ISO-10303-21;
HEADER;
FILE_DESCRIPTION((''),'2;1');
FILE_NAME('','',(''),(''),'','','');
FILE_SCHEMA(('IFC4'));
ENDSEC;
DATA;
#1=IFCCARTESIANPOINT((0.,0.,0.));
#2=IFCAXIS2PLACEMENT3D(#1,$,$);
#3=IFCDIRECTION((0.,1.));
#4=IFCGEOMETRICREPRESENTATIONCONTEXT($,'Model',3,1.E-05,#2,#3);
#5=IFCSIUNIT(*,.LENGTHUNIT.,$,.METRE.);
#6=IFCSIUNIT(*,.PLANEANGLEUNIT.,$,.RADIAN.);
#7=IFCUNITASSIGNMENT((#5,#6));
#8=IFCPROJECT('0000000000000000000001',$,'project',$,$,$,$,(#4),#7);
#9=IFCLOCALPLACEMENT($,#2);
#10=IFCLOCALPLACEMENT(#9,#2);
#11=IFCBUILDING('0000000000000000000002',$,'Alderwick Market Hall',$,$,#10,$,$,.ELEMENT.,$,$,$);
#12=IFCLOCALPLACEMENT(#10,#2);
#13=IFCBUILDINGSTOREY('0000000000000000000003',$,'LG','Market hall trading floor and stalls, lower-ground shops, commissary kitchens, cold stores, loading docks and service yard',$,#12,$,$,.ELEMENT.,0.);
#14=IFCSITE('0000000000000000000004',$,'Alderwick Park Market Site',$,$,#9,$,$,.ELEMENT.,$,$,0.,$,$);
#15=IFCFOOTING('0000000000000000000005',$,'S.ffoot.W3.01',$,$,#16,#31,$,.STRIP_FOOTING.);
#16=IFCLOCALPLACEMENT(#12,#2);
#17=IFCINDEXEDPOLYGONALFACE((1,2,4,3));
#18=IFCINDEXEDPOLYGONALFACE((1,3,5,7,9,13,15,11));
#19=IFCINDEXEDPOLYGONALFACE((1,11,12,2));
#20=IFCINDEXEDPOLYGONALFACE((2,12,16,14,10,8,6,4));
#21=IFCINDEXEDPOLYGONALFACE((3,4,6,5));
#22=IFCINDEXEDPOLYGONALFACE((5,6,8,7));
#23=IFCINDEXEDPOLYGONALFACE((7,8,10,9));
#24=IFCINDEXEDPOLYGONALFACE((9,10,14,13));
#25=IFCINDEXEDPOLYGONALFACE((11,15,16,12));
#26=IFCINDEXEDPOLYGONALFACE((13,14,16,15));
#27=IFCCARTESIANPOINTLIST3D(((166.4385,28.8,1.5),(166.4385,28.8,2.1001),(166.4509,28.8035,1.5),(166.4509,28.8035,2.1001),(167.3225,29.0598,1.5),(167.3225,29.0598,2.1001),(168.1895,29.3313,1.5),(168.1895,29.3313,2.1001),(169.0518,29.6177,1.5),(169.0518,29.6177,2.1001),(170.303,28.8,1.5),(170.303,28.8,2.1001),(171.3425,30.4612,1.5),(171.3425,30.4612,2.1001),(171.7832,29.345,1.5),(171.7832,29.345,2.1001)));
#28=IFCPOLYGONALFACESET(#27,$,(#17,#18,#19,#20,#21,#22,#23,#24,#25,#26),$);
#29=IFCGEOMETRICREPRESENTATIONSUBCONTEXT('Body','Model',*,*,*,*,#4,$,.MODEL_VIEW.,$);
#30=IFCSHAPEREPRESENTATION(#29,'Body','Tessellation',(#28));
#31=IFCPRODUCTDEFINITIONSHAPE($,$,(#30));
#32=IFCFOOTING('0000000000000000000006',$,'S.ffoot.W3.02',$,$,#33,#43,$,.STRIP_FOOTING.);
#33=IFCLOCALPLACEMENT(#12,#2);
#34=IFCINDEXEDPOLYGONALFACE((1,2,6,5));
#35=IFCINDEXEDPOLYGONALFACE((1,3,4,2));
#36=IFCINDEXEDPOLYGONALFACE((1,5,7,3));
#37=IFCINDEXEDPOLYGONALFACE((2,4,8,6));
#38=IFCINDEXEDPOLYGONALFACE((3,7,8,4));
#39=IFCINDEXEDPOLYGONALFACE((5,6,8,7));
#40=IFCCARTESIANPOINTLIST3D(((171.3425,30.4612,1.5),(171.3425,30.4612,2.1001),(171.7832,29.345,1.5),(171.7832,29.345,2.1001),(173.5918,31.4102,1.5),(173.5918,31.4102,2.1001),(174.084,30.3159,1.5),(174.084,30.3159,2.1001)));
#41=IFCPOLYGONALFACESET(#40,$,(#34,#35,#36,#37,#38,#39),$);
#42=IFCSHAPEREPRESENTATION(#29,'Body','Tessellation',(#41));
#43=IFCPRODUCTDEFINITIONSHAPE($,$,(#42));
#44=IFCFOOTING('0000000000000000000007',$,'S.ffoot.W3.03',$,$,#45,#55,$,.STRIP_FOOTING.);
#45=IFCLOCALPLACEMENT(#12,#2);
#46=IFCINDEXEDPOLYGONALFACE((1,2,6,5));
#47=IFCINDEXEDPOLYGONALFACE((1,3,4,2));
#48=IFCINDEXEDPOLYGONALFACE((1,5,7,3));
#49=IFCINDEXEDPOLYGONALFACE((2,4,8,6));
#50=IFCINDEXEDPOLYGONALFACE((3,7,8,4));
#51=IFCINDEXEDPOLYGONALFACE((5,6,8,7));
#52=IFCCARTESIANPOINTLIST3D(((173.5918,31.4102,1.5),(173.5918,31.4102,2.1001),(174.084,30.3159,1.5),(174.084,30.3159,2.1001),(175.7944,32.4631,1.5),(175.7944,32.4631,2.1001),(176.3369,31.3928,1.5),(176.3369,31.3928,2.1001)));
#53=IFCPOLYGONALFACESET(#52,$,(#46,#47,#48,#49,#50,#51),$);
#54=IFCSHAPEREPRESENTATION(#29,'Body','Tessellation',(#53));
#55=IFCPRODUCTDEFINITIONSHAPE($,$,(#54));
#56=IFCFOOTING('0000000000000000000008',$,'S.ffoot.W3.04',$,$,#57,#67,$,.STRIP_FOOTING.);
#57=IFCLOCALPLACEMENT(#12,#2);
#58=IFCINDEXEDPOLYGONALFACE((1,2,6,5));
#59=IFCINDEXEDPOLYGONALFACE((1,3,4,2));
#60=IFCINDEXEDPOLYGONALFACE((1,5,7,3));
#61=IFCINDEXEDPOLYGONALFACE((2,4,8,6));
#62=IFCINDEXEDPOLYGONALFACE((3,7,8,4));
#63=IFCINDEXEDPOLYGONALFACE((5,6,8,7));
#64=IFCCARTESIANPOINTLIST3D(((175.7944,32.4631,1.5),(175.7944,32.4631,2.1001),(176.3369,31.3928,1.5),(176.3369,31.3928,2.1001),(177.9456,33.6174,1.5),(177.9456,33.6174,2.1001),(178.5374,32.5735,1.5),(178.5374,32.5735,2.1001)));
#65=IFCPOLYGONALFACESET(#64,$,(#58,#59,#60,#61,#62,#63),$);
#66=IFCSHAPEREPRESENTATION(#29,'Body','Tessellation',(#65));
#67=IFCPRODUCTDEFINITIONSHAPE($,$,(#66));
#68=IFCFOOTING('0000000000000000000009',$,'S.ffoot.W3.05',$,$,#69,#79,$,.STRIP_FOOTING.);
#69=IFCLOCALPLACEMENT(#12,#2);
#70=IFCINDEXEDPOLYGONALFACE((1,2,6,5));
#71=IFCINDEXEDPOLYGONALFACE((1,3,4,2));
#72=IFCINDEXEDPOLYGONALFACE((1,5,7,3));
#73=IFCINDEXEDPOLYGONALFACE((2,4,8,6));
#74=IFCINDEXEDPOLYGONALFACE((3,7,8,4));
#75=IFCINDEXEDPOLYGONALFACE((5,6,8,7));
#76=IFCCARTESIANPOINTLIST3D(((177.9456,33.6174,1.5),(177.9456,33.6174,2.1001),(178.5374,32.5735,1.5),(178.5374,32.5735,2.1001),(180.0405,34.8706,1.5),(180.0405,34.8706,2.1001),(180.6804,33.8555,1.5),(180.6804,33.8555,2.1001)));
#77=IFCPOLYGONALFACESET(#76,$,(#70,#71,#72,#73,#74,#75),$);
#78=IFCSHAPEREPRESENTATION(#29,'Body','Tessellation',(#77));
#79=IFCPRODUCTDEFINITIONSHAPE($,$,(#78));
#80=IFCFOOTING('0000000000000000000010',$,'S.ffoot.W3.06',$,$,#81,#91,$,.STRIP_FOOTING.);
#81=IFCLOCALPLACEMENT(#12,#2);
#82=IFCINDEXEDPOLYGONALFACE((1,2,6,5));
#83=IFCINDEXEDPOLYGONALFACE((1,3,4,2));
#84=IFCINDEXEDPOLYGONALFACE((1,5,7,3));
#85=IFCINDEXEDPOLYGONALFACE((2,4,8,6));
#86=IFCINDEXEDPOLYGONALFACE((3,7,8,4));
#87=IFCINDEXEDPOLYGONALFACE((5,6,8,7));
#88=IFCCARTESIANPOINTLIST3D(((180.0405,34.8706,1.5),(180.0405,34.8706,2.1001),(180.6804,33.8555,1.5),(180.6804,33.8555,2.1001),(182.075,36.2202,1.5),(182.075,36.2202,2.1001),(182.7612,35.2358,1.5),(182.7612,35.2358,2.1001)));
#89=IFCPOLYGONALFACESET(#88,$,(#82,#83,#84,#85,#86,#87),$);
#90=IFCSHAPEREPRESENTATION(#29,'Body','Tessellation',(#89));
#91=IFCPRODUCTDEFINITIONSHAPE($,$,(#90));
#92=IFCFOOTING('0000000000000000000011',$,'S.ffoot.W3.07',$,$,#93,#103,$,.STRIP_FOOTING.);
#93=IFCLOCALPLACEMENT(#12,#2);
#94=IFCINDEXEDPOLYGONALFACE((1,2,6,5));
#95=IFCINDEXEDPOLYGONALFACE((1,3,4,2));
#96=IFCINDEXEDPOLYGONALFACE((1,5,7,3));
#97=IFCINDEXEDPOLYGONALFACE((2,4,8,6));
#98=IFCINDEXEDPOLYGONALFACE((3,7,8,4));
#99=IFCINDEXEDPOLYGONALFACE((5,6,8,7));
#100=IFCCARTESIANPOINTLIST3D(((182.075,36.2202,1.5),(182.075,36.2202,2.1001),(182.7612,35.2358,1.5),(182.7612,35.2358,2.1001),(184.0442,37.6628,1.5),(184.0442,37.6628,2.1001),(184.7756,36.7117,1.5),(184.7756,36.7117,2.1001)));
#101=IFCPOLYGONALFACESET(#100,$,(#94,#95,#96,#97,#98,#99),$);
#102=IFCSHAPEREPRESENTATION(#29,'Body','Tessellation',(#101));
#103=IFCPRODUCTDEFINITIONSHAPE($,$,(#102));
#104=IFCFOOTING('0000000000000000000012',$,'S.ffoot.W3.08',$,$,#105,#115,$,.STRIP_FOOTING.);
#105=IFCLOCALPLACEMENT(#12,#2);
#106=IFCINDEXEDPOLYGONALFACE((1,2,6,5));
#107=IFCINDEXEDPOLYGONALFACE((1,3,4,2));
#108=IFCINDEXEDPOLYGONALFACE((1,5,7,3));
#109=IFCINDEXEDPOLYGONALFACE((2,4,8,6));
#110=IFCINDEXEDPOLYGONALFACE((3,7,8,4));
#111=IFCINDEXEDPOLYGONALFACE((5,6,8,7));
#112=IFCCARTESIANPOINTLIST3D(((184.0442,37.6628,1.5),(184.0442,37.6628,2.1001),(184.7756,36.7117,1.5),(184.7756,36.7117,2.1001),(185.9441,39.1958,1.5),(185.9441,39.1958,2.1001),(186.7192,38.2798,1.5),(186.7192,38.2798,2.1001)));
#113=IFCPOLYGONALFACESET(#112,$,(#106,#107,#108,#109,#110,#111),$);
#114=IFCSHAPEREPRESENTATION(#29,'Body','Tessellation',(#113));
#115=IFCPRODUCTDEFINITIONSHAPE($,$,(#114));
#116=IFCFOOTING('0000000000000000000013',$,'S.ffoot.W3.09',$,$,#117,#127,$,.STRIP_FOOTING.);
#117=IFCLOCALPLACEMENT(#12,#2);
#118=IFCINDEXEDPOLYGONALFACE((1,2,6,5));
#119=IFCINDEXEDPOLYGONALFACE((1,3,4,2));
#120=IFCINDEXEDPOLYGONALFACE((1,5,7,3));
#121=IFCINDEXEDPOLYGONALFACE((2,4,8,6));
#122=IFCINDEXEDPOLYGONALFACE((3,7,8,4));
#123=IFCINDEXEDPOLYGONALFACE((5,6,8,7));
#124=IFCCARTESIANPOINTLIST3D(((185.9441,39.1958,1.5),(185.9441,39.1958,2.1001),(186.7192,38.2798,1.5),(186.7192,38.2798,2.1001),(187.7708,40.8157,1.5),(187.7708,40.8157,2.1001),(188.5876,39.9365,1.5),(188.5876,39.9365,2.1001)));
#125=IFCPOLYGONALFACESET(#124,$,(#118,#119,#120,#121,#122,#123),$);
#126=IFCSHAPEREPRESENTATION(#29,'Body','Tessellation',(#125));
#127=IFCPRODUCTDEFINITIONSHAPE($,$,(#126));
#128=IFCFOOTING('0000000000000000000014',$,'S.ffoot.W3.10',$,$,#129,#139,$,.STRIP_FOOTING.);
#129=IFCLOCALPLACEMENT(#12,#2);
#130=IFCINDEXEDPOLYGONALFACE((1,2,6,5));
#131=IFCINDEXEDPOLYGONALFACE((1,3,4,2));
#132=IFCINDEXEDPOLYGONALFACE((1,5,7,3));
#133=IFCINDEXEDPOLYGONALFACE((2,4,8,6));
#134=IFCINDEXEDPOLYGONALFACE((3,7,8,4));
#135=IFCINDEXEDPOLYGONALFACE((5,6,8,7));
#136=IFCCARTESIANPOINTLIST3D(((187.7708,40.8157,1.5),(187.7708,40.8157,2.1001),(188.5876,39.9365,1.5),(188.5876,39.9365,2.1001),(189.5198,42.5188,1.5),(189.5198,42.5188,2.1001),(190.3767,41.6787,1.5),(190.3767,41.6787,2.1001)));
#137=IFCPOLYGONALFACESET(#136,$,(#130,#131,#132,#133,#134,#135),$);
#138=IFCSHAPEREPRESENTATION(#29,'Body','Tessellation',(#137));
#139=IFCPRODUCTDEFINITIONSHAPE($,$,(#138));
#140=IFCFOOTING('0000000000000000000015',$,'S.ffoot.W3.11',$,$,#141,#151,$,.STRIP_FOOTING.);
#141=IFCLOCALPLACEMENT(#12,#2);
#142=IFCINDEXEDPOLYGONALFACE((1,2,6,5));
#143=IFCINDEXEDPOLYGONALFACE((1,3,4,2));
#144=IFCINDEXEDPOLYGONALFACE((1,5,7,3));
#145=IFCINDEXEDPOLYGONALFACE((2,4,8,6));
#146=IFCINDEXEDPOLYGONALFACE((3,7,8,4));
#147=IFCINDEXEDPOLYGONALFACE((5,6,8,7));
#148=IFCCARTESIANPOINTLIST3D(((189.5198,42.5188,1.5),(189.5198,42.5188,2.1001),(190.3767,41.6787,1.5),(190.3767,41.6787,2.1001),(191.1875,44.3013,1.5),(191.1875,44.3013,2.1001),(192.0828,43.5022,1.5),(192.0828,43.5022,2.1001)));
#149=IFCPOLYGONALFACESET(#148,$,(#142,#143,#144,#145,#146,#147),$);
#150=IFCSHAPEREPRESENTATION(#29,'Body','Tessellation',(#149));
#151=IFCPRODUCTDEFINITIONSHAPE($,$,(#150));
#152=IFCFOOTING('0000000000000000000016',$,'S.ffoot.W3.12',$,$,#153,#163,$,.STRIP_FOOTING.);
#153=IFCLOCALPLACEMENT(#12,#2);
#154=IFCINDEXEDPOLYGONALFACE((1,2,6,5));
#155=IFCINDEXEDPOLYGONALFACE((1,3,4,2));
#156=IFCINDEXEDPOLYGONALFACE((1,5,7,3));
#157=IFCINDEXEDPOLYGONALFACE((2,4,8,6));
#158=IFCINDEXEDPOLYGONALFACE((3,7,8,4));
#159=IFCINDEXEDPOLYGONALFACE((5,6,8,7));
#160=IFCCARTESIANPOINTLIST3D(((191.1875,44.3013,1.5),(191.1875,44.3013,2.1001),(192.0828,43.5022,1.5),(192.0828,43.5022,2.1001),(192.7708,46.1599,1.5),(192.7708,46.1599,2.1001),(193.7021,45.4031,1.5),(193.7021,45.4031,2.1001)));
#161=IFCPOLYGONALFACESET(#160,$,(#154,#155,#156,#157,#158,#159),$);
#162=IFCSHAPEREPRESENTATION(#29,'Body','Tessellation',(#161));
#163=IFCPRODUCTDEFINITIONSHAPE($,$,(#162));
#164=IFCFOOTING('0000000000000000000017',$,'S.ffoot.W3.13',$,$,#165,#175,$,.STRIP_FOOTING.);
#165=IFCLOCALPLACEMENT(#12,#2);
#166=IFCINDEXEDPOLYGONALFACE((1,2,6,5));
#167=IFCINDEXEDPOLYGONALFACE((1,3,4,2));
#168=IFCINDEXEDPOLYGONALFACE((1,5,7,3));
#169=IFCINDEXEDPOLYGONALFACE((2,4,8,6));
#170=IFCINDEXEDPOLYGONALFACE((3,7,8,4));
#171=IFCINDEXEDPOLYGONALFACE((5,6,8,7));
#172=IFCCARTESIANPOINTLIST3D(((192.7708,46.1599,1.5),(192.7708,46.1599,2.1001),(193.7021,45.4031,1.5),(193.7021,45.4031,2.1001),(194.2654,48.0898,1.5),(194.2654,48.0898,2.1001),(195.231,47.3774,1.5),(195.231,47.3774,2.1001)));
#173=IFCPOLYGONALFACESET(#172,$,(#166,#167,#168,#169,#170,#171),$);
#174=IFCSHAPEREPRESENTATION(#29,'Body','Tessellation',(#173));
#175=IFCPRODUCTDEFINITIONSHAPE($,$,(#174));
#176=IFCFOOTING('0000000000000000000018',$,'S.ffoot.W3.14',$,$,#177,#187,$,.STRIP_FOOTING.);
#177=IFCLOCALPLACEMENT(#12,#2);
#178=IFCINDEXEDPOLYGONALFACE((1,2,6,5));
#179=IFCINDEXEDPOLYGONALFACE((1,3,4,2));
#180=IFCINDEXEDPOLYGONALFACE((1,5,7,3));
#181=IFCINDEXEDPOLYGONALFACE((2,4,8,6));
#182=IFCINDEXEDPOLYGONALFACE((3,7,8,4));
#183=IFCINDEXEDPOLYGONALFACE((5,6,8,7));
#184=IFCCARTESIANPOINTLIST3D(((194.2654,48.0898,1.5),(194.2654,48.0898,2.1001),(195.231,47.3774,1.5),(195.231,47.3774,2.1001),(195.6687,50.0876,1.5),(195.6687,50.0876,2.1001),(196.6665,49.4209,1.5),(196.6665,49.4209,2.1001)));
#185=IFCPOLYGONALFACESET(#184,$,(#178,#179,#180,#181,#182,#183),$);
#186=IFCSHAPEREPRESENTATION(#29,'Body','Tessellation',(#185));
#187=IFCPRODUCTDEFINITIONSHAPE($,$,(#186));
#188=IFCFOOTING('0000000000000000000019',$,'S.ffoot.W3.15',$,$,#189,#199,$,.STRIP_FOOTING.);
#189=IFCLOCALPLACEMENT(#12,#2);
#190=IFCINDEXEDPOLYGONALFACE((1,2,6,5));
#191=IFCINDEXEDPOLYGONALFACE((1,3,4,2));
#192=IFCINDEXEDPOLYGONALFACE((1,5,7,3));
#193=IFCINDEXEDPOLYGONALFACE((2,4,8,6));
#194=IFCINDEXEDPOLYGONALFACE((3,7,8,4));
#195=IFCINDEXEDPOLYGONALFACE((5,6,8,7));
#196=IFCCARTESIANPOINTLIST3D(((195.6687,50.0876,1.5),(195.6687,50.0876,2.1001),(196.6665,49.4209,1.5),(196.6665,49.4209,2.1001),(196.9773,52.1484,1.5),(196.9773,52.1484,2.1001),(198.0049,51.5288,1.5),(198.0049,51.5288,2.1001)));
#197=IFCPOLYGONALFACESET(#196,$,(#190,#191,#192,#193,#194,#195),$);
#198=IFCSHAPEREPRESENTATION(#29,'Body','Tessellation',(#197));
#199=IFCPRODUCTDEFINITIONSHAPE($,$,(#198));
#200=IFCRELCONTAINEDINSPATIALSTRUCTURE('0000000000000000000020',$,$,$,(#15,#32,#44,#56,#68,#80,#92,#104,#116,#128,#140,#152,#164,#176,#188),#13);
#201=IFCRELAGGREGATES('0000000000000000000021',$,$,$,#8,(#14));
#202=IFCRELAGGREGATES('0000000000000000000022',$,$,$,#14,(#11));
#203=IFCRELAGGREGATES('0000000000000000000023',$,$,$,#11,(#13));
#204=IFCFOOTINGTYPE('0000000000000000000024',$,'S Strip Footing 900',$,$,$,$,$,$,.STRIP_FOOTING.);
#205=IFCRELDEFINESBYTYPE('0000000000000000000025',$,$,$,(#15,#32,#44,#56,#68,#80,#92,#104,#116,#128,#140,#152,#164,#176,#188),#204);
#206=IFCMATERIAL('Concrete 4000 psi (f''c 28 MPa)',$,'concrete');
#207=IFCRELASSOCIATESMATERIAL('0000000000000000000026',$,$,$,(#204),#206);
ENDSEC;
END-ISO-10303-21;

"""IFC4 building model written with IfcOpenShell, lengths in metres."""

from ifc_helpers import new_model, si_unit, direction, frame, origin, place, context, subcontext, project, spatial, polyline, outline, extrude, material, type_object, element, save


model = new_model("IFC4")

# Units and contexts
model_context = context("Model", 3, precision=1e-05, world=origin(), true_north=direction((0.0, 1.0)))
body_context = subcontext(model_context, "Body", "Model", "MODEL_VIEW")
ifc_project = project(units=[si_unit("LENGTHUNIT", "METRE"), si_unit("PLANEANGLEUNIT", "RADIAN")], contexts=[model_context])

# Site, building, storey
site_placement = place(None, origin())
site = spatial("IfcSite", under=ifc_project, at=site_placement, Name="Alderwick Park Market Site", CompositionType="ELEMENT", RefElevation=0.0)
building_placement = place(site_placement, origin())
building = spatial("IfcBuilding", under=site, at=building_placement, Name="Alderwick Market Hall", CompositionType="ELEMENT")
storey_placement = place(building_placement, origin())
storey = spatial("IfcBuildingStorey", under=building, at=storey_placement, Name="LG", Description="Market hall trading floor and stalls, lower-ground shops, commissary kitchens, cold stores, loading docks and service yard", CompositionType="ELEMENT", Elevation=0.0)

# Footings
ifc_material = material(Name="Concrete 4000 psi (f'c 28 MPa)", Category="concrete")
footing_type = type_object("IfcFootingType", Name="S Strip Footing 900", PredefinedType="STRIP_FOOTING", material=ifc_material)
footing_1_placement = place(storey_placement, frame((0.0, 0.0, 1.5)))
element("IfcFooting", 1, at=footing_1_placement, inside=storey, type_object=footing_type, Name="S.ffoot.W3.01", PredefinedType="STRIP_FOOTING", context=body_context, shape_type="SweptSolid", body=[
    extrude(outline(polyline([(166.4385, 28.8), (170.303, 28.8), (171.7832, 29.345), (171.3425, 30.4612), (169.0518, 29.6177), (168.1895, 29.3313), (167.3225, 29.0598), (166.4509, 28.8035), (166.4385, 28.8)])), origin(), (0.0, 0.0, 1.0), 0.6001),
])
footing_2_placement = place(storey_placement, frame((0.0, 0.0, 1.5)))
element("IfcFooting", 2, at=footing_2_placement, inside=storey, type_object=footing_type, Name="S.ffoot.W3.02", PredefinedType="STRIP_FOOTING", context=body_context, shape_type="SweptSolid", body=[
    extrude(outline(polyline([(171.7832, 29.345), (174.084, 30.3159), (173.5918, 31.4102), (171.3425, 30.4612), (171.7832, 29.345)])), origin(), (0.0, 0.0, 1.0), 0.6001),
])
footing_3_placement = place(storey_placement, frame((0.0, 0.0, 1.5)))
element("IfcFooting", 3, at=footing_3_placement, inside=storey, type_object=footing_type, Name="S.ffoot.W3.03", PredefinedType="STRIP_FOOTING", context=body_context, shape_type="SweptSolid", body=[
    extrude(outline(polyline([(174.084, 30.3159), (176.3369, 31.3928), (175.7944, 32.4631), (173.5918, 31.4102), (174.084, 30.3159)])), origin(), (0.0, 0.0, 1.0), 0.6001),
])
footing_4_placement = place(storey_placement, frame((0.0, 0.0, 1.5)))
element("IfcFooting", 4, at=footing_4_placement, inside=storey, type_object=footing_type, Name="S.ffoot.W3.04", PredefinedType="STRIP_FOOTING", context=body_context, shape_type="SweptSolid", body=[
    extrude(outline(polyline([(176.3369, 31.3928), (178.5374, 32.5735), (177.9456, 33.6174), (175.7944, 32.4631), (176.3369, 31.3928)])), origin(), (0.0, 0.0, 1.0), 0.6001),
])
footing_5_placement = place(storey_placement, frame((0.0, 0.0, 1.5)))
element("IfcFooting", 5, at=footing_5_placement, inside=storey, type_object=footing_type, Name="S.ffoot.W3.05", PredefinedType="STRIP_FOOTING", context=body_context, shape_type="SweptSolid", body=[
    extrude(outline(polyline([(178.5374, 32.5735), (180.6804, 33.8555), (180.0405, 34.8706), (177.9456, 33.6174), (178.5374, 32.5735)])), origin(), (0.0, 0.0, 1.0), 0.6001),
])
footing_6_placement = place(storey_placement, frame((0.0, 0.0, 1.5)))
element("IfcFooting", 6, at=footing_6_placement, inside=storey, type_object=footing_type, Name="S.ffoot.W3.06", PredefinedType="STRIP_FOOTING", context=body_context, shape_type="SweptSolid", body=[
    extrude(outline(polyline([(180.6804, 33.8555), (182.7612, 35.2358), (182.075, 36.2202), (180.0405, 34.8706), (180.6804, 33.8555)])), origin(), (0.0, 0.0, 1.0), 0.6001),
])
footing_7_placement = place(storey_placement, frame((0.0, 0.0, 1.5)))
element("IfcFooting", 7, at=footing_7_placement, inside=storey, type_object=footing_type, Name="S.ffoot.W3.07", PredefinedType="STRIP_FOOTING", context=body_context, shape_type="SweptSolid", body=[
    extrude(outline(polyline([(182.7612, 35.2358), (184.7756, 36.7117), (184.0442, 37.6628), (182.075, 36.2202), (182.7612, 35.2358)])), origin(), (0.0, 0.0, 1.0), 0.6001),
])
footing_8_placement = place(storey_placement, frame((0.0, 0.0, 1.5)))
element("IfcFooting", 8, at=footing_8_placement, inside=storey, type_object=footing_type, Name="S.ffoot.W3.08", PredefinedType="STRIP_FOOTING", context=body_context, shape_type="SweptSolid", body=[
    extrude(outline(polyline([(184.7756, 36.7117), (186.7192, 38.2798), (185.9441, 39.1958), (184.0442, 37.6628), (184.7756, 36.7117)])), origin(), (0.0, 0.0, 1.0), 0.6001),
])
footing_9_placement = place(storey_placement, frame((0.0, 0.0, 1.5)))
element("IfcFooting", 9, at=footing_9_placement, inside=storey, type_object=footing_type, Name="S.ffoot.W3.09", PredefinedType="STRIP_FOOTING", context=body_context, shape_type="SweptSolid", body=[
    extrude(outline(polyline([(186.7192, 38.2798), (188.5876, 39.9365), (187.7708, 40.8157), (185.9441, 39.1958), (186.7192, 38.2798)])), origin(), (0.0, 0.0, 1.0), 0.6001),
])
footing_10_placement = place(storey_placement, frame((0.0, 0.0, 1.5)))
element("IfcFooting", 10, at=footing_10_placement, inside=storey, type_object=footing_type, Name="S.ffoot.W3.10", PredefinedType="STRIP_FOOTING", context=body_context, shape_type="SweptSolid", body=[
    extrude(outline(polyline([(188.5876, 39.9365), (190.3767, 41.6787), (189.5198, 42.5188), (187.7708, 40.8157), (188.5876, 39.9365)])), origin(), (0.0, 0.0, 1.0), 0.6001),
])
footing_11_placement = place(storey_placement, frame((0.0, 0.0, 1.5)))
element("IfcFooting", 11, at=footing_11_placement, inside=storey, type_object=footing_type, Name="S.ffoot.W3.11", PredefinedType="STRIP_FOOTING", context=body_context, shape_type="SweptSolid", body=[
    extrude(outline(polyline([(190.3767, 41.6787), (192.0828, 43.5022), (191.1875, 44.3013), (189.5198, 42.5188), (190.3767, 41.6787)])), origin(), (0.0, 0.0, 1.0), 0.6001),
])
footing_12_placement = place(storey_placement, frame((0.0, 0.0, 1.5)))
element("IfcFooting", 12, at=footing_12_placement, inside=storey, type_object=footing_type, Name="S.ffoot.W3.12", PredefinedType="STRIP_FOOTING", context=body_context, shape_type="SweptSolid", body=[
    extrude(outline(polyline([(192.0828, 43.5022), (193.7021, 45.4031), (192.7708, 46.1599), (191.1875, 44.3013), (192.0828, 43.5022)])), origin(), (0.0, 0.0, 1.0), 0.6001),
])
footing_13_placement = place(storey_placement, frame((0.0, 0.0, 1.5)))
element("IfcFooting", 13, at=footing_13_placement, inside=storey, type_object=footing_type, Name="S.ffoot.W3.13", PredefinedType="STRIP_FOOTING", context=body_context, shape_type="SweptSolid", body=[
    extrude(outline(polyline([(193.7021, 45.4031), (195.231, 47.3774), (194.2654, 48.0898), (192.7708, 46.1599), (193.7021, 45.4031)])), origin(), (0.0, 0.0, 1.0), 0.6001),
])
footing_14_placement = place(storey_placement, frame((0.0, 0.0, 1.5)))
element("IfcFooting", 14, at=footing_14_placement, inside=storey, type_object=footing_type, Name="S.ffoot.W3.14", PredefinedType="STRIP_FOOTING", context=body_context, shape_type="SweptSolid", body=[
    extrude(outline(polyline([(195.231, 47.3774), (196.6665, 49.4209), (195.6687, 50.0876), (194.2654, 48.0898), (195.231, 47.3774)])), origin(), (0.0, 0.0, 1.0), 0.6001),
])
footing_15_placement = place(storey_placement, frame((0.0, 0.0, 1.5)))
element("IfcFooting", 15, at=footing_15_placement, inside=storey, type_object=footing_type, Name="S.ffoot.W3.15", PredefinedType="STRIP_FOOTING", context=body_context, shape_type="SweptSolid", body=[
    extrude(outline(polyline([(196.6665, 49.4209), (198.0049, 51.5288), (196.9773, 52.1484), (195.6687, 50.0876), (196.6665, 49.4209)])), origin(), (0.0, 0.0, 1.0), 0.6001),
])

save(model, "model.ifc")
